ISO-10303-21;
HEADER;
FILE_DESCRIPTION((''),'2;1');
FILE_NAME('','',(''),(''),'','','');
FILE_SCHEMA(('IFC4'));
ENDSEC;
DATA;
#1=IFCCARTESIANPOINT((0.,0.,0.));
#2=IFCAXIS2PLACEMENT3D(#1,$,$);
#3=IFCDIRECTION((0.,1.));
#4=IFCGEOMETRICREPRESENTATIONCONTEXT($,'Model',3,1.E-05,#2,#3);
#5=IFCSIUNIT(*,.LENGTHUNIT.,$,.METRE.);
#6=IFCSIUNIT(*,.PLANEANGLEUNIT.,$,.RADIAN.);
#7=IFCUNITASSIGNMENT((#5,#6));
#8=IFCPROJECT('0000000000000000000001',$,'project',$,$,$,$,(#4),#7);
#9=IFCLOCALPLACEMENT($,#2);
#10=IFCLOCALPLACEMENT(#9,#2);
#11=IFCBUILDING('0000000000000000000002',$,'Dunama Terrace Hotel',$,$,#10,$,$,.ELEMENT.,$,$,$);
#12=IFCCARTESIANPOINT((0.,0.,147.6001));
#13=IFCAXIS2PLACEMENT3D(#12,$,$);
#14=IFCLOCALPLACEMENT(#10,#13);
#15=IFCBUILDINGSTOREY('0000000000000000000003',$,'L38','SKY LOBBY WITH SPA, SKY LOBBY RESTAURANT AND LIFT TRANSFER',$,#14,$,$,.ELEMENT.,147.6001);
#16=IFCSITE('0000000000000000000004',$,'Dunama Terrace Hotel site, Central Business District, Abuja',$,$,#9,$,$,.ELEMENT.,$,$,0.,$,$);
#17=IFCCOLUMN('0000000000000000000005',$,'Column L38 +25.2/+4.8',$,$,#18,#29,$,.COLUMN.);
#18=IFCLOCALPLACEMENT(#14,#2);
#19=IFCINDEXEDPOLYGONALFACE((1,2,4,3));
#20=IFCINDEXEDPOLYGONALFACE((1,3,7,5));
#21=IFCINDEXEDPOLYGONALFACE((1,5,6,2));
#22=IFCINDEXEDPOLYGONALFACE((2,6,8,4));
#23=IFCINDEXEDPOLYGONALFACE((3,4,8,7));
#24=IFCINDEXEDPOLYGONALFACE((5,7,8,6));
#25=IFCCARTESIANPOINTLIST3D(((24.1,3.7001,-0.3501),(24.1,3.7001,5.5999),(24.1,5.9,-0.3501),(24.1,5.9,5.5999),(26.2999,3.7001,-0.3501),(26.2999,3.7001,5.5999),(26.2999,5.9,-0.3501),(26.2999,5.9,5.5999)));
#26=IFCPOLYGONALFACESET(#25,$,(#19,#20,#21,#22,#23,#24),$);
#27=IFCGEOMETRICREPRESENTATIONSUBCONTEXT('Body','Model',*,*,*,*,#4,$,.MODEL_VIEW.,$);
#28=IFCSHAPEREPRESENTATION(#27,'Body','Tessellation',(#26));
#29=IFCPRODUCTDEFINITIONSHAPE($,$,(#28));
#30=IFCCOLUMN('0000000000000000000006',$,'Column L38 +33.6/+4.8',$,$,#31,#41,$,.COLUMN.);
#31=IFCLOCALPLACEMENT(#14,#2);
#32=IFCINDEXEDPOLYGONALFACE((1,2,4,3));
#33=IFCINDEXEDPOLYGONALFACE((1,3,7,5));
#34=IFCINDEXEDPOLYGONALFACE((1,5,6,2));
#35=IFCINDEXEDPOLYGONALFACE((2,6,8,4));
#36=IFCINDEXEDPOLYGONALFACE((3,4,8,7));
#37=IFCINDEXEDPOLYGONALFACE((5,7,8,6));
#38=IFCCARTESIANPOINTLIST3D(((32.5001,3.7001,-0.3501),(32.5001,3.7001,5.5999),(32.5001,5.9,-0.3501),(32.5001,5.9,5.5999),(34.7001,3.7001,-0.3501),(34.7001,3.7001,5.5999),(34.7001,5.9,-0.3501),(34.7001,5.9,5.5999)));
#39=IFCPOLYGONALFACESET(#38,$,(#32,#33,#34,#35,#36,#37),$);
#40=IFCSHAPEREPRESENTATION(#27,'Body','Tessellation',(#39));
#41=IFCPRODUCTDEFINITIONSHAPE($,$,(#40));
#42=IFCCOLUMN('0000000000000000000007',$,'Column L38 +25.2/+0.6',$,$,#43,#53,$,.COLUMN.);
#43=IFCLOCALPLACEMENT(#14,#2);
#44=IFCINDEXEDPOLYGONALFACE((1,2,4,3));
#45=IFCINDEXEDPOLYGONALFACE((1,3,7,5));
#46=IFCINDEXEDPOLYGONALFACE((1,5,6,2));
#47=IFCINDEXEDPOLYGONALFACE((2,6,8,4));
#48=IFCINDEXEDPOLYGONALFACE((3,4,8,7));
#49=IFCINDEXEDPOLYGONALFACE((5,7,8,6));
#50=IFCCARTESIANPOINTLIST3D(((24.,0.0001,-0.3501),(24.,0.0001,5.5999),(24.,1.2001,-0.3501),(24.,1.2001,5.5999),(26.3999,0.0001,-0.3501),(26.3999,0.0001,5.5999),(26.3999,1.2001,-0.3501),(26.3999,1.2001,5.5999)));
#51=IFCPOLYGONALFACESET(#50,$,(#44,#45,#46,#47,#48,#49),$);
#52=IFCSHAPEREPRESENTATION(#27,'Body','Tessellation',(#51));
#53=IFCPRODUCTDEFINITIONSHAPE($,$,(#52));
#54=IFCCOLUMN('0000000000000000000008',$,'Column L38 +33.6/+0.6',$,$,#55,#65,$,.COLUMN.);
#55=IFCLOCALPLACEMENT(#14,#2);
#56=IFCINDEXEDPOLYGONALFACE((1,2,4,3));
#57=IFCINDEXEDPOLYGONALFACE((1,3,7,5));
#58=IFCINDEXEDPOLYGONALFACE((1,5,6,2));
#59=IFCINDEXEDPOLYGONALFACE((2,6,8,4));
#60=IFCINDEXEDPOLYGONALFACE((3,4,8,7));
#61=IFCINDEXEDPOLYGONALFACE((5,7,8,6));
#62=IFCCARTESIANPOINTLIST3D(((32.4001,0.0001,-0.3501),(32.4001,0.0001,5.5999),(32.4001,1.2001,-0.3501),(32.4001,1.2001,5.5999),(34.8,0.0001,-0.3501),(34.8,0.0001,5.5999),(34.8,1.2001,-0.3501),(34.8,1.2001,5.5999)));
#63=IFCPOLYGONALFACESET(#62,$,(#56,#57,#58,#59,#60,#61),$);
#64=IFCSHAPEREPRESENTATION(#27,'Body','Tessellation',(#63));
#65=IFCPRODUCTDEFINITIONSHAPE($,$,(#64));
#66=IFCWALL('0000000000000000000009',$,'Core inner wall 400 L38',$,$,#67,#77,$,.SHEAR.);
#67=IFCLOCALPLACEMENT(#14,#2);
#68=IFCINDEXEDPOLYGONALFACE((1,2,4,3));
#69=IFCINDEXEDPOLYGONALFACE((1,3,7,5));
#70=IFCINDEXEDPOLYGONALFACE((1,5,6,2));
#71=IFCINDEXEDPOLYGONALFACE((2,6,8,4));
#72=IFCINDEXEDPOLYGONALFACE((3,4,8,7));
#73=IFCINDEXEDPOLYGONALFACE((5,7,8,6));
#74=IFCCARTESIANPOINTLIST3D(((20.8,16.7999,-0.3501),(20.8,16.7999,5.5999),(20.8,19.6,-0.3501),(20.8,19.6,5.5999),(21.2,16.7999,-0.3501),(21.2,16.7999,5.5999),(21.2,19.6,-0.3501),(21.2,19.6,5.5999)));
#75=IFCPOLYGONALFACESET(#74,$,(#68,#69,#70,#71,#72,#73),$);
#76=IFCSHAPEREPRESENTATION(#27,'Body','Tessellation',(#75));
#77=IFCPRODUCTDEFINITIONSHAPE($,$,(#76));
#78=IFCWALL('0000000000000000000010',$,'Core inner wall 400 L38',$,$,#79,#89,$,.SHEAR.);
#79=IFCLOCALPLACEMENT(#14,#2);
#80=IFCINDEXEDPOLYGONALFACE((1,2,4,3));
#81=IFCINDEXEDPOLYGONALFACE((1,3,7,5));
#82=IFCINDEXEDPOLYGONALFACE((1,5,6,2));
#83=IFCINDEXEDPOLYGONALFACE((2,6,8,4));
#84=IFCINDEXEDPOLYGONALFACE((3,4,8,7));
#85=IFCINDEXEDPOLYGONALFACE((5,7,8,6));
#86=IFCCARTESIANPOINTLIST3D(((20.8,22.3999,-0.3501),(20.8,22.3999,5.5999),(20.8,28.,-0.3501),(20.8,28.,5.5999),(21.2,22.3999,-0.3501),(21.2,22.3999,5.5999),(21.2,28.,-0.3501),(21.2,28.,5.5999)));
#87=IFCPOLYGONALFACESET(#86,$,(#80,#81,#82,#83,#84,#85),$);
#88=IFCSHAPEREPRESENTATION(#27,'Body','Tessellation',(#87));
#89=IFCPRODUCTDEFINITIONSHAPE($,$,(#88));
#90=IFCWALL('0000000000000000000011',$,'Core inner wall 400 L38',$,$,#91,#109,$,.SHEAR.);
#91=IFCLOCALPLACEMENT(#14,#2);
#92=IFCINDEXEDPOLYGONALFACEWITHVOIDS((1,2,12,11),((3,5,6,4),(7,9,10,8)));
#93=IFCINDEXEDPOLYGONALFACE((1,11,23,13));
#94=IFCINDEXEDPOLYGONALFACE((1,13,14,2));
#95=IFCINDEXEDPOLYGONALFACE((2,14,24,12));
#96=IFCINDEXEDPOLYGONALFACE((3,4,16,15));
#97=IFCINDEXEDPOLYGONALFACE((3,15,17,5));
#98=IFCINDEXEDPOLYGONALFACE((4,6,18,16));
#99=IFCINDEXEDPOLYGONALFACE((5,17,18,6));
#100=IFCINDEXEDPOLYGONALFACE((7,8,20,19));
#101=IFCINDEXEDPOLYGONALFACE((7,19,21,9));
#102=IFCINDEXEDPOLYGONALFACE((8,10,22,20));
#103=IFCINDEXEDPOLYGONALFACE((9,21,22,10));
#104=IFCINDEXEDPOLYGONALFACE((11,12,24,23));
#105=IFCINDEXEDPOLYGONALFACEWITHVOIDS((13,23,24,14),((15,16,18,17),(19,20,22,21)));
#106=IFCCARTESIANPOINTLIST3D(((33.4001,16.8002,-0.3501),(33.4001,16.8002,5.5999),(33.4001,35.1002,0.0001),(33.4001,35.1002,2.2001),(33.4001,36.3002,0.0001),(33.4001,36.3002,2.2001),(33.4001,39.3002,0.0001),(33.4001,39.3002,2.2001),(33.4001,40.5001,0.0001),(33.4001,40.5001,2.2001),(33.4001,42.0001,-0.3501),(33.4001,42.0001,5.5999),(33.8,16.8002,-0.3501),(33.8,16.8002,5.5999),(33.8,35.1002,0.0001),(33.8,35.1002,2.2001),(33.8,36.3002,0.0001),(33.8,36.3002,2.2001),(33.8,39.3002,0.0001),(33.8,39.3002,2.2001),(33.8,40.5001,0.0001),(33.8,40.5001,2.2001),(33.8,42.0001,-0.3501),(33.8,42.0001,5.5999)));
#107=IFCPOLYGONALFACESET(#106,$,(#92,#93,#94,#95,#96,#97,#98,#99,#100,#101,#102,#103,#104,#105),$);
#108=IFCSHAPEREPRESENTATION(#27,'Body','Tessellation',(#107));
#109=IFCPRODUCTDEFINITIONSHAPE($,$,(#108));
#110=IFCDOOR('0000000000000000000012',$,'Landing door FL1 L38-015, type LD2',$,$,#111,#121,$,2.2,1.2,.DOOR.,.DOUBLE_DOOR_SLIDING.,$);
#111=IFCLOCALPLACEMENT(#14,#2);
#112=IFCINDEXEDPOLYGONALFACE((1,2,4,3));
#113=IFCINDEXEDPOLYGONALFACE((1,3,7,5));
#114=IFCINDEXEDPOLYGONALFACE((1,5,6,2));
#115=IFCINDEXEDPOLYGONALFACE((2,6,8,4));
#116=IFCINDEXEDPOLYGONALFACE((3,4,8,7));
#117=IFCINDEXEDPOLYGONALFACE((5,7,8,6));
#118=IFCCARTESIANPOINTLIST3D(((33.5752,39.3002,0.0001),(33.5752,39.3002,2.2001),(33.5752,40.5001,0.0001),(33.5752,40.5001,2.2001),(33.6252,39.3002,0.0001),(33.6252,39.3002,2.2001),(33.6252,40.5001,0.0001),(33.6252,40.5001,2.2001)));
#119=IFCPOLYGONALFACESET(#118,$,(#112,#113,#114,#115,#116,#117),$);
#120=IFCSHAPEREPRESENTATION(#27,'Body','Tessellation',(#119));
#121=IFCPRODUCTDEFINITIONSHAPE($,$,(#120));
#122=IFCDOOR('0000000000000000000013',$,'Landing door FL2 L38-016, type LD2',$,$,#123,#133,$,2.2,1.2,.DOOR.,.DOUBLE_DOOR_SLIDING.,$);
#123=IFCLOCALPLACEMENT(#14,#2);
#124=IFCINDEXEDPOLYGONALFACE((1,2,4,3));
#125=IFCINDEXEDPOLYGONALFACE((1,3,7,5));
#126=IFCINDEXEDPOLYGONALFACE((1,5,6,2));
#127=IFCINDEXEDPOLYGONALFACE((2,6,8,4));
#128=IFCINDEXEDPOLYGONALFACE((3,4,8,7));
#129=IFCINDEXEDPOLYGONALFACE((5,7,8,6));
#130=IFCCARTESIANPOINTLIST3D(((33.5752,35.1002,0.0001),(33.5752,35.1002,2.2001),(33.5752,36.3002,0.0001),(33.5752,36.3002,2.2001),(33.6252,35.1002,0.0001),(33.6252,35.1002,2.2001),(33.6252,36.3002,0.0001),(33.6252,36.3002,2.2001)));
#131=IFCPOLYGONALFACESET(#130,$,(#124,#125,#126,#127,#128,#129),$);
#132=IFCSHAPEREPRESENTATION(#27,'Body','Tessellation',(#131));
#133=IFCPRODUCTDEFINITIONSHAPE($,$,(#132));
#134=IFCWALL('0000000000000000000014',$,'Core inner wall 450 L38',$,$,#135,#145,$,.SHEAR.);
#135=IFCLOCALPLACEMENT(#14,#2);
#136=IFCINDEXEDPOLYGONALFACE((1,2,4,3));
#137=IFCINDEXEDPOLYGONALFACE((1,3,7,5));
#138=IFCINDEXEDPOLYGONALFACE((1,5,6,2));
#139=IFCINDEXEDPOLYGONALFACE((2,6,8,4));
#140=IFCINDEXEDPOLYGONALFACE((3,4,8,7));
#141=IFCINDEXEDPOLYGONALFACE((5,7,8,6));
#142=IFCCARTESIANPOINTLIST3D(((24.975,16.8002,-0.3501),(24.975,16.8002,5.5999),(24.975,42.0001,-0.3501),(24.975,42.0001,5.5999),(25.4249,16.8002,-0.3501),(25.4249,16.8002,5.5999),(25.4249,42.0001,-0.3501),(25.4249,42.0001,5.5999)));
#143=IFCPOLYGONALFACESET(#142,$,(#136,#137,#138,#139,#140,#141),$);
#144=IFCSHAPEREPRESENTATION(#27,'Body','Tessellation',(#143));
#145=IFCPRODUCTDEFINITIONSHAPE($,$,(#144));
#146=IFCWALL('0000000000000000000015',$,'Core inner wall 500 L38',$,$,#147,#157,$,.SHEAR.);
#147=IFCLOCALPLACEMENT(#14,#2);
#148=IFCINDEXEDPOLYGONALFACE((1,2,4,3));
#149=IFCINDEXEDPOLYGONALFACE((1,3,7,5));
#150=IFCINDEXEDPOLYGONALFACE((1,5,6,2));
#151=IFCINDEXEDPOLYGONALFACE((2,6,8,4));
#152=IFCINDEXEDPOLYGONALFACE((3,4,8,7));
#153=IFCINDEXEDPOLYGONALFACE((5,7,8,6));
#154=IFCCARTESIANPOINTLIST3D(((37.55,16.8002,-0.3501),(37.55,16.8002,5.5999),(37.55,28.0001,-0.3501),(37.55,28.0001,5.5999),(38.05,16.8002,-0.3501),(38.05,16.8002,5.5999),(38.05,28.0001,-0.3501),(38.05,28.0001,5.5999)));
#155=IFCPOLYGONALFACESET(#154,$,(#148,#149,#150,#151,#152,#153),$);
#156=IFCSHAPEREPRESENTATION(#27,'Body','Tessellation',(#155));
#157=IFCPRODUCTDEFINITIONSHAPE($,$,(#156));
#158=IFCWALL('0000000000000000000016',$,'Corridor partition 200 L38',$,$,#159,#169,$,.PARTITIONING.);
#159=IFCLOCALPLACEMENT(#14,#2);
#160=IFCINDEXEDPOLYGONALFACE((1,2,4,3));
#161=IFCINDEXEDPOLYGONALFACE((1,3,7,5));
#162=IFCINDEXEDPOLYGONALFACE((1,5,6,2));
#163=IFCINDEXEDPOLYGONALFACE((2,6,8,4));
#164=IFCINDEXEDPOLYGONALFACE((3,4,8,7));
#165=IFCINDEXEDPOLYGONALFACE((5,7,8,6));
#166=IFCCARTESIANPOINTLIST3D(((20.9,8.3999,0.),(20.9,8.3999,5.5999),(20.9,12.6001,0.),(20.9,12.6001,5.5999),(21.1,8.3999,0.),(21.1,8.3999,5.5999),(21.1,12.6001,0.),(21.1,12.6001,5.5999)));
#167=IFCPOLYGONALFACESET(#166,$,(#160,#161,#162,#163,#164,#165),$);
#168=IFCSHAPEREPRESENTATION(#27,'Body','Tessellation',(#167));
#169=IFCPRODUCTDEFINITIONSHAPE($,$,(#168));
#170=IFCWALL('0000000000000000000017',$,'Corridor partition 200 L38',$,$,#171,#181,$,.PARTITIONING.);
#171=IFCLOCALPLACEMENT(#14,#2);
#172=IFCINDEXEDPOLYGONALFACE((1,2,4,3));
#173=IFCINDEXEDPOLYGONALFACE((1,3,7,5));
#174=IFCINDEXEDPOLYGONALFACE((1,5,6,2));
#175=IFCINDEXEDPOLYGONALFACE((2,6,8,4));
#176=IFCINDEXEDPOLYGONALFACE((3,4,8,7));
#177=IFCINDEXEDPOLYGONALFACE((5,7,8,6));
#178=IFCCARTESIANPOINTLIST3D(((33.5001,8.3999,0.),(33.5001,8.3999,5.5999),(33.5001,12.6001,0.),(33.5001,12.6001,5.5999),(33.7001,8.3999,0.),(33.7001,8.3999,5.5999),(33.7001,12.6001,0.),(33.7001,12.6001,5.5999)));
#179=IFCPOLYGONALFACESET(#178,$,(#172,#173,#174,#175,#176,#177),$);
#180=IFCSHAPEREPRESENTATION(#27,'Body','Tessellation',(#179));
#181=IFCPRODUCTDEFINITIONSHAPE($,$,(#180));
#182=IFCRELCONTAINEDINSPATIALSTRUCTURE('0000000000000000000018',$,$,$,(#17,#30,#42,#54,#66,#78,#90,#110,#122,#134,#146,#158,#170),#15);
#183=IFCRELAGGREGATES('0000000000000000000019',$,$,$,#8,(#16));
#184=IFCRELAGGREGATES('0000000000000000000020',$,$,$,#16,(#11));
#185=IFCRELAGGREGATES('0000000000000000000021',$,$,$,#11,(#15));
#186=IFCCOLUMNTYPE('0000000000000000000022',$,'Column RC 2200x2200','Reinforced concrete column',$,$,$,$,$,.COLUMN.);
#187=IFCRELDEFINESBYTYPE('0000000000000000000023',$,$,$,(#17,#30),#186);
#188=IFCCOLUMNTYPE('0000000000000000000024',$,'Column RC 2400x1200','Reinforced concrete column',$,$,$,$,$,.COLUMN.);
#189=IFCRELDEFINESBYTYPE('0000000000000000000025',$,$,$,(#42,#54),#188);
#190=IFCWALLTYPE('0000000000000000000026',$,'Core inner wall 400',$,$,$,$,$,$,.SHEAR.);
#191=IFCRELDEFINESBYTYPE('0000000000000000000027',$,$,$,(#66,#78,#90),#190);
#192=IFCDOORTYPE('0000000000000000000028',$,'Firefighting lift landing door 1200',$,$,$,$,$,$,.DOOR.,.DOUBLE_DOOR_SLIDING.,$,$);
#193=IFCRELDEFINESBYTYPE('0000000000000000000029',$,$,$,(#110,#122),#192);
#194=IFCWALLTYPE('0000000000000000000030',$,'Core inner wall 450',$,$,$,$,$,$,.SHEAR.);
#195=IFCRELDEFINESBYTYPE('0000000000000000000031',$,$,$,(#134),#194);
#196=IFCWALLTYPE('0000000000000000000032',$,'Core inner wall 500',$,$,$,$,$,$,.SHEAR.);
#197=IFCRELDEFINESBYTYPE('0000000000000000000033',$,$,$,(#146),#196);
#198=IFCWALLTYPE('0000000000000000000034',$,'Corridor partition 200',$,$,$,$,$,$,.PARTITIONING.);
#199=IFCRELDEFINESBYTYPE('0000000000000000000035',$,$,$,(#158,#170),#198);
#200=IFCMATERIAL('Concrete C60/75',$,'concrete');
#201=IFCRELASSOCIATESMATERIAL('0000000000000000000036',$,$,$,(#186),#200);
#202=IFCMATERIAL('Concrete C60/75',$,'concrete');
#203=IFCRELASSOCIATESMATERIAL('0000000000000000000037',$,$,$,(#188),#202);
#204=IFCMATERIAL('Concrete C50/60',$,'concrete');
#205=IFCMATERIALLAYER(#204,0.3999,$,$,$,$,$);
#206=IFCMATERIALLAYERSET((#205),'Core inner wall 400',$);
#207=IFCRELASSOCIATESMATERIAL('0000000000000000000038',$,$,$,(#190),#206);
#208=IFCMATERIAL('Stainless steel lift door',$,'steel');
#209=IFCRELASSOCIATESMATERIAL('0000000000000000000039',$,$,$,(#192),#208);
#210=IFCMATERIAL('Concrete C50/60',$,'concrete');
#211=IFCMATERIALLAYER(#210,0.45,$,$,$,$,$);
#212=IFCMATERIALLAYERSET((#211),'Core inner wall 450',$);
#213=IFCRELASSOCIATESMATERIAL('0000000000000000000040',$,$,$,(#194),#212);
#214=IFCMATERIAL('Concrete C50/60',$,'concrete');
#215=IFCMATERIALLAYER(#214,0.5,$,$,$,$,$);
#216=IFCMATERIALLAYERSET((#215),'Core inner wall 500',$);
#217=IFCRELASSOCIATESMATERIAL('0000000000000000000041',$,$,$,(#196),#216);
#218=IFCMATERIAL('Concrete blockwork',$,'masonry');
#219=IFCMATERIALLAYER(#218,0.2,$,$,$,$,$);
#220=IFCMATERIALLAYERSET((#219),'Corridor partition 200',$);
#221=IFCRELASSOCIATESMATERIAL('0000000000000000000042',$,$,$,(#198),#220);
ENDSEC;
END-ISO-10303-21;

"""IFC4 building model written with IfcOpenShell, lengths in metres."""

from ifc_helpers import new_model, si_unit, direction, frame, frame_2d, origin, origin_2d, place, context, subcontext, project, spatial, rectangle, extrude, material, layer, layer_set, material_profile, profile_set, type_object, element, fill, save


model = new_model("IFC4")

# Units and contexts
model_context = context("Model", 3, precision=1e-05, world=origin(), true_north=direction((0.0, 1.0)))
body_context = subcontext(model_context, "Body", "Model", "MODEL_VIEW")
ifc_project = project(units=[si_unit("LENGTHUNIT", "METRE"), si_unit("PLANEANGLEUNIT", "RADIAN")], contexts=[model_context])

# Site, building, storey
site_placement = place(None, origin())
site = spatial("IfcSite", under=ifc_project, at=site_placement, Name="Dunama Terrace Hotel site, Central Business District, Abuja", CompositionType="ELEMENT", RefElevation=0.0)
building_placement = place(site_placement, origin())
building = spatial("IfcBuilding", under=site, at=building_placement, Name="Dunama Terrace Hotel", CompositionType="ELEMENT")
storey_placement = place(building_placement, frame((0.0, 0.0, 147.6001)))
storey = spatial("IfcBuildingStorey", under=building, at=storey_placement, Name="L38", Description="SKY LOBBY WITH SPA, SKY LOBBY RESTAURANT AND LIFT TRANSFER", CompositionType="ELEMENT", Elevation=147.6001)

# Columns
ifc_material_1 = material(Name="Concrete C60/75", Category="concrete")
ifc_material_profile_1 = material_profile(ifc_material_1, rectangle(XDim=2.2, YDim=2.2, at=origin_2d()), Name="RC 2200x2200")
ifc_profile_set_1 = profile_set([ifc_material_profile_1], Name="Concrete C60/75")
column_type_1 = type_object("IfcColumnType", Name="Column RC 2200x2200", Description="Reinforced concrete column", PredefinedType="COLUMN", material=ifc_profile_set_1)
for number, where, z_axis, x_axis, name in (
    (1, (25.2, 4.8, -0.3501), (0.0, 0.0, 1.0), (1.0, 0.0, 0.0), "Column L38 +25.2/+4.8"),
    (2, (33.6001, 4.8, -0.3501), (0.0, 0.0, 1.0), (1.0, 0.0, 0.0), "Column L38 +33.6/+4.8"),
):
    element("IfcColumn", number, at=place(storey_placement, frame(where, z_axis=z_axis, x_axis=x_axis)), inside=storey, type_object=column_type_1, Name=name, PredefinedType="COLUMN", context=body_context, shape_type="SweptSolid", body=[
        extrude(rectangle(XDim=2.2, YDim=2.2, at=origin_2d()), origin(), (0.0, 0.0, 1.0), 5.95),
    ])
ifc_material_2 = material(Name="Concrete C60/75", Category="concrete")
ifc_material_profile_2 = material_profile(ifc_material_2, rectangle(XDim=2.3999, YDim=1.2, at=origin_2d()), Name="RC 2400x1200")
ifc_profile_set_2 = profile_set([ifc_material_profile_2], Name="Concrete C60/75")
column_type_2 = type_object("IfcColumnType", Name="Column RC 2400x1200", Description="Reinforced concrete column", PredefinedType="COLUMN", material=ifc_profile_set_2)
for number, where, z_axis, x_axis, name in (
    (3, (25.2, 0.6001, -0.3501), (0.0, 0.0, 1.0), (1.0, 0.0, 0.0), "Column L38 +25.2/+0.6"),
    (4, (33.6001, 0.6001, -0.3501), (0.0, 0.0, 1.0), (1.0, 0.0, 0.0), "Column L38 +33.6/+0.6"),
):
    element("IfcColumn", number, at=place(storey_placement, frame(where, z_axis=z_axis, x_axis=x_axis)), inside=storey, type_object=column_type_2, Name=name, PredefinedType="COLUMN", context=body_context, shape_type="SweptSolid", body=[
        extrude(rectangle(XDim=2.3999, YDim=1.2, at=origin_2d()), origin(), (0.0, 0.0, 1.0), 5.95),
    ])

# Walls
ifc_material_3 = material(Name="Concrete C50/60", Category="concrete")
ifc_layer_1 = layer(ifc_material_3, 0.3999)
ifc_layer_set_1 = layer_set([ifc_layer_1], Name="Core inner wall 400")
wall_type_1 = type_object("IfcWallType", Name="Core inner wall 400", PredefinedType="SHEAR", material=ifc_layer_set_1)
wall_1_placement = place(storey_placement, frame((21.0, 16.8, -0.3501), z_axis=(0.0, 0.0, 1.0), x_axis=(0.0, 1.0, 0.0)))
element("IfcWall", 5, at=wall_1_placement, inside=storey, type_object=wall_type_1, Name="Core inner wall 400 L38", PredefinedType="SHEAR", context=body_context, shape_type="SweptSolid", body=[
    extrude(rectangle(XDim=2.8, YDim=0.3999, at=frame_2d((1.3999, 0.0))), origin(), (0.0, 0.0, 1.0), 5.95),
])
wall_2_placement = place(storey_placement, frame((21.0, 22.3999, -0.3501), z_axis=(0.0, 0.0, 1.0), x_axis=(0.0, 1.0, 0.0)))
element("IfcWall", 6, at=wall_2_placement, inside=storey, type_object=wall_type_1, Name="Core inner wall 400 L38", PredefinedType="SHEAR", context=body_context, shape_type="SweptSolid", body=[
    extrude(rectangle(XDim=5.6001, YDim=0.3999, at=frame_2d((2.8, 0.0))), origin(), (0.0, 0.0, 1.0), 5.95),
])

# Wall, openings, doors
wall_3_placement = place(storey_placement, frame((33.6001, 16.8, -0.3501), z_axis=(0.0, 0.0, 1.0), x_axis=(0.0, 1.0, 0.0)))
wall_3 = element("IfcWall", 7, at=wall_3_placement, inside=storey, type_object=wall_type_1, Name="Core inner wall 400 L38", PredefinedType="SHEAR", context=body_context, shape_type="SweptSolid", body=[
    extrude(rectangle(XDim=25.2, YDim=0.3999, at=frame_2d((12.6001, 0.0))), origin(), (0.0, 0.0, 1.0), 5.95),
])
opening_1_placement = place(wall_3_placement, frame((22.5, 0.0, 0.3501)))
opening_1 = element("IfcOpeningElement", 8, at=opening_1_placement, cuts=wall_3, PredefinedType="OPENING", context=body_context, shape_type="SweptSolid", body=[
    extrude(rectangle(XDim=1.2, YDim=2.2, at=frame_2d((0.6001, 1.1001))), frame((0.0, 0.21, 0.0), z_axis=(0.0, -1.0, 0.0), x_axis=(1.0, 0.0, 0.0)), (0.0, 0.0, 1.0), 0.4199),
])
opening_2_placement = place(wall_3_placement, frame((18.3, 0.0, 0.3501)))
opening_2 = element("IfcOpeningElement", 9, at=opening_2_placement, cuts=wall_3, PredefinedType="OPENING", context=body_context, shape_type="SweptSolid", body=[
    extrude(rectangle(XDim=1.2, YDim=2.2, at=frame_2d((0.6001, 1.1001))), frame((0.0, 0.21, 0.0), z_axis=(0.0, -1.0, 0.0), x_axis=(1.0, 0.0, 0.0)), (0.0, 0.0, 1.0), 0.4199),
])
ifc_material_4 = material(Name="Stainless steel lift door", Category="steel")
door_type_1 = type_object("IfcDoorType", Name="Firefighting lift landing door 1200", OperationType="DOUBLE_DOOR_SLIDING", PredefinedType="DOOR", material=ifc_material_4)
door_1_placement = place(opening_1_placement, origin())
door_1 = element("IfcDoor", 10, at=door_1_placement, inside=storey, type_object=door_type_1, Name="Landing door FL1 L38-015, type LD2", OperationType="DOUBLE_DOOR_SLIDING", OverallHeight=2.2, OverallWidth=1.2, PredefinedType="DOOR", context=body_context, shape_type="SweptSolid", body=[
    extrude(rectangle(XDim=1.2, YDim=2.2, at=frame_2d((0.6001, 1.1001))), frame((0.0, 0.0249, 0.0), z_axis=(0.0, -1.0, 0.0), x_axis=(1.0, 0.0, 0.0)), (0.0, 0.0, 1.0), 0.05),
])
fill(opening_1, door_1)
door_2_placement = place(opening_2_placement, origin())
door_2 = element("IfcDoor", 11, at=door_2_placement, inside=storey, type_object=door_type_1, Name="Landing door FL2 L38-016, type LD2", OperationType="DOUBLE_DOOR_SLIDING", OverallHeight=2.2, OverallWidth=1.2, PredefinedType="DOOR", context=body_context, shape_type="SweptSolid", body=[
    extrude(rectangle(XDim=1.2, YDim=2.2, at=frame_2d((0.6001, 1.1001))), frame((0.0, 0.0249, 0.0), z_axis=(0.0, -1.0, 0.0), x_axis=(1.0, 0.0, 0.0)), (0.0, 0.0, 1.0), 0.05),
])
fill(opening_2, door_2)

# Walls
ifc_material_5 = material(Name="Concrete C50/60", Category="concrete")
ifc_layer_2 = layer(ifc_material_5, 0.45)
ifc_layer_set_2 = layer_set([ifc_layer_2], Name="Core inner wall 450")
wall_type_2 = type_object("IfcWallType", Name="Core inner wall 450", PredefinedType="SHEAR", material=ifc_layer_set_2)
wall_4_placement = place(storey_placement, frame((25.2, 16.8, -0.3501), z_axis=(0.0, 0.0, 1.0), x_axis=(0.0, 1.0, 0.0)))
element("IfcWall", 12, at=wall_4_placement, inside=storey, type_object=wall_type_2, Name="Core inner wall 450 L38", PredefinedType="SHEAR", context=body_context, shape_type="SweptSolid", body=[
    extrude(rectangle(XDim=25.2, YDim=0.45, at=frame_2d((12.6001, 0.0))), origin(), (0.0, 0.0, 1.0), 5.95),
])
ifc_material_6 = material(Name="Concrete C50/60", Category="concrete")
ifc_layer_3 = layer(ifc_material_6, 0.5)
ifc_layer_set_3 = layer_set([ifc_layer_3], Name="Core inner wall 500")
wall_type_3 = type_object("IfcWallType", Name="Core inner wall 500", PredefinedType="SHEAR", material=ifc_layer_set_3)
wall_5_placement = place(storey_placement, frame((37.8, 16.8, -0.3501), z_axis=(0.0, 0.0, 1.0), x_axis=(0.0, 1.0, 0.0)))
element("IfcWall", 13, at=wall_5_placement, inside=storey, type_object=wall_type_3, Name="Core inner wall 500 L38", PredefinedType="SHEAR", context=body_context, shape_type="SweptSolid", body=[
    extrude(rectangle(XDim=11.2, YDim=0.5, at=frame_2d((5.6001, 0.0))), origin(), (0.0, 0.0, 1.0), 5.95),
])
ifc_material_7 = material(Name="Concrete blockwork", Category="masonry")
ifc_layer_4 = layer(ifc_material_7, 0.2)
ifc_layer_set_4 = layer_set([ifc_layer_4], Name="Corridor partition 200")
wall_type_4 = type_object("IfcWallType", Name="Corridor partition 200", PredefinedType="PARTITIONING", material=ifc_layer_set_4)
for number, where, z_axis, x_axis, name in (
    (14, (21.0, 8.3999, 0.0), (0.0, 0.0, 1.0), (0.0, 1.0, 0.0), "Corridor partition 200 L38"),
    (15, (33.6001, 8.3999, 0.0), (0.0, 0.0, 1.0), (0.0, 1.0, 0.0), "Corridor partition 200 L38"),
):
    element("IfcWall", number, at=place(storey_placement, frame(where, z_axis=z_axis, x_axis=x_axis)), inside=storey, type_object=wall_type_4, Name=name, PredefinedType="PARTITIONING", context=body_context, shape_type="SweptSolid", body=[
        extrude(rectangle(XDim=4.2002, YDim=0.2, at=frame_2d((2.1001, 0.0))), origin(), (0.0, 0.0, 1.0), 5.5999),
    ])

save(model, "model.ifc")
